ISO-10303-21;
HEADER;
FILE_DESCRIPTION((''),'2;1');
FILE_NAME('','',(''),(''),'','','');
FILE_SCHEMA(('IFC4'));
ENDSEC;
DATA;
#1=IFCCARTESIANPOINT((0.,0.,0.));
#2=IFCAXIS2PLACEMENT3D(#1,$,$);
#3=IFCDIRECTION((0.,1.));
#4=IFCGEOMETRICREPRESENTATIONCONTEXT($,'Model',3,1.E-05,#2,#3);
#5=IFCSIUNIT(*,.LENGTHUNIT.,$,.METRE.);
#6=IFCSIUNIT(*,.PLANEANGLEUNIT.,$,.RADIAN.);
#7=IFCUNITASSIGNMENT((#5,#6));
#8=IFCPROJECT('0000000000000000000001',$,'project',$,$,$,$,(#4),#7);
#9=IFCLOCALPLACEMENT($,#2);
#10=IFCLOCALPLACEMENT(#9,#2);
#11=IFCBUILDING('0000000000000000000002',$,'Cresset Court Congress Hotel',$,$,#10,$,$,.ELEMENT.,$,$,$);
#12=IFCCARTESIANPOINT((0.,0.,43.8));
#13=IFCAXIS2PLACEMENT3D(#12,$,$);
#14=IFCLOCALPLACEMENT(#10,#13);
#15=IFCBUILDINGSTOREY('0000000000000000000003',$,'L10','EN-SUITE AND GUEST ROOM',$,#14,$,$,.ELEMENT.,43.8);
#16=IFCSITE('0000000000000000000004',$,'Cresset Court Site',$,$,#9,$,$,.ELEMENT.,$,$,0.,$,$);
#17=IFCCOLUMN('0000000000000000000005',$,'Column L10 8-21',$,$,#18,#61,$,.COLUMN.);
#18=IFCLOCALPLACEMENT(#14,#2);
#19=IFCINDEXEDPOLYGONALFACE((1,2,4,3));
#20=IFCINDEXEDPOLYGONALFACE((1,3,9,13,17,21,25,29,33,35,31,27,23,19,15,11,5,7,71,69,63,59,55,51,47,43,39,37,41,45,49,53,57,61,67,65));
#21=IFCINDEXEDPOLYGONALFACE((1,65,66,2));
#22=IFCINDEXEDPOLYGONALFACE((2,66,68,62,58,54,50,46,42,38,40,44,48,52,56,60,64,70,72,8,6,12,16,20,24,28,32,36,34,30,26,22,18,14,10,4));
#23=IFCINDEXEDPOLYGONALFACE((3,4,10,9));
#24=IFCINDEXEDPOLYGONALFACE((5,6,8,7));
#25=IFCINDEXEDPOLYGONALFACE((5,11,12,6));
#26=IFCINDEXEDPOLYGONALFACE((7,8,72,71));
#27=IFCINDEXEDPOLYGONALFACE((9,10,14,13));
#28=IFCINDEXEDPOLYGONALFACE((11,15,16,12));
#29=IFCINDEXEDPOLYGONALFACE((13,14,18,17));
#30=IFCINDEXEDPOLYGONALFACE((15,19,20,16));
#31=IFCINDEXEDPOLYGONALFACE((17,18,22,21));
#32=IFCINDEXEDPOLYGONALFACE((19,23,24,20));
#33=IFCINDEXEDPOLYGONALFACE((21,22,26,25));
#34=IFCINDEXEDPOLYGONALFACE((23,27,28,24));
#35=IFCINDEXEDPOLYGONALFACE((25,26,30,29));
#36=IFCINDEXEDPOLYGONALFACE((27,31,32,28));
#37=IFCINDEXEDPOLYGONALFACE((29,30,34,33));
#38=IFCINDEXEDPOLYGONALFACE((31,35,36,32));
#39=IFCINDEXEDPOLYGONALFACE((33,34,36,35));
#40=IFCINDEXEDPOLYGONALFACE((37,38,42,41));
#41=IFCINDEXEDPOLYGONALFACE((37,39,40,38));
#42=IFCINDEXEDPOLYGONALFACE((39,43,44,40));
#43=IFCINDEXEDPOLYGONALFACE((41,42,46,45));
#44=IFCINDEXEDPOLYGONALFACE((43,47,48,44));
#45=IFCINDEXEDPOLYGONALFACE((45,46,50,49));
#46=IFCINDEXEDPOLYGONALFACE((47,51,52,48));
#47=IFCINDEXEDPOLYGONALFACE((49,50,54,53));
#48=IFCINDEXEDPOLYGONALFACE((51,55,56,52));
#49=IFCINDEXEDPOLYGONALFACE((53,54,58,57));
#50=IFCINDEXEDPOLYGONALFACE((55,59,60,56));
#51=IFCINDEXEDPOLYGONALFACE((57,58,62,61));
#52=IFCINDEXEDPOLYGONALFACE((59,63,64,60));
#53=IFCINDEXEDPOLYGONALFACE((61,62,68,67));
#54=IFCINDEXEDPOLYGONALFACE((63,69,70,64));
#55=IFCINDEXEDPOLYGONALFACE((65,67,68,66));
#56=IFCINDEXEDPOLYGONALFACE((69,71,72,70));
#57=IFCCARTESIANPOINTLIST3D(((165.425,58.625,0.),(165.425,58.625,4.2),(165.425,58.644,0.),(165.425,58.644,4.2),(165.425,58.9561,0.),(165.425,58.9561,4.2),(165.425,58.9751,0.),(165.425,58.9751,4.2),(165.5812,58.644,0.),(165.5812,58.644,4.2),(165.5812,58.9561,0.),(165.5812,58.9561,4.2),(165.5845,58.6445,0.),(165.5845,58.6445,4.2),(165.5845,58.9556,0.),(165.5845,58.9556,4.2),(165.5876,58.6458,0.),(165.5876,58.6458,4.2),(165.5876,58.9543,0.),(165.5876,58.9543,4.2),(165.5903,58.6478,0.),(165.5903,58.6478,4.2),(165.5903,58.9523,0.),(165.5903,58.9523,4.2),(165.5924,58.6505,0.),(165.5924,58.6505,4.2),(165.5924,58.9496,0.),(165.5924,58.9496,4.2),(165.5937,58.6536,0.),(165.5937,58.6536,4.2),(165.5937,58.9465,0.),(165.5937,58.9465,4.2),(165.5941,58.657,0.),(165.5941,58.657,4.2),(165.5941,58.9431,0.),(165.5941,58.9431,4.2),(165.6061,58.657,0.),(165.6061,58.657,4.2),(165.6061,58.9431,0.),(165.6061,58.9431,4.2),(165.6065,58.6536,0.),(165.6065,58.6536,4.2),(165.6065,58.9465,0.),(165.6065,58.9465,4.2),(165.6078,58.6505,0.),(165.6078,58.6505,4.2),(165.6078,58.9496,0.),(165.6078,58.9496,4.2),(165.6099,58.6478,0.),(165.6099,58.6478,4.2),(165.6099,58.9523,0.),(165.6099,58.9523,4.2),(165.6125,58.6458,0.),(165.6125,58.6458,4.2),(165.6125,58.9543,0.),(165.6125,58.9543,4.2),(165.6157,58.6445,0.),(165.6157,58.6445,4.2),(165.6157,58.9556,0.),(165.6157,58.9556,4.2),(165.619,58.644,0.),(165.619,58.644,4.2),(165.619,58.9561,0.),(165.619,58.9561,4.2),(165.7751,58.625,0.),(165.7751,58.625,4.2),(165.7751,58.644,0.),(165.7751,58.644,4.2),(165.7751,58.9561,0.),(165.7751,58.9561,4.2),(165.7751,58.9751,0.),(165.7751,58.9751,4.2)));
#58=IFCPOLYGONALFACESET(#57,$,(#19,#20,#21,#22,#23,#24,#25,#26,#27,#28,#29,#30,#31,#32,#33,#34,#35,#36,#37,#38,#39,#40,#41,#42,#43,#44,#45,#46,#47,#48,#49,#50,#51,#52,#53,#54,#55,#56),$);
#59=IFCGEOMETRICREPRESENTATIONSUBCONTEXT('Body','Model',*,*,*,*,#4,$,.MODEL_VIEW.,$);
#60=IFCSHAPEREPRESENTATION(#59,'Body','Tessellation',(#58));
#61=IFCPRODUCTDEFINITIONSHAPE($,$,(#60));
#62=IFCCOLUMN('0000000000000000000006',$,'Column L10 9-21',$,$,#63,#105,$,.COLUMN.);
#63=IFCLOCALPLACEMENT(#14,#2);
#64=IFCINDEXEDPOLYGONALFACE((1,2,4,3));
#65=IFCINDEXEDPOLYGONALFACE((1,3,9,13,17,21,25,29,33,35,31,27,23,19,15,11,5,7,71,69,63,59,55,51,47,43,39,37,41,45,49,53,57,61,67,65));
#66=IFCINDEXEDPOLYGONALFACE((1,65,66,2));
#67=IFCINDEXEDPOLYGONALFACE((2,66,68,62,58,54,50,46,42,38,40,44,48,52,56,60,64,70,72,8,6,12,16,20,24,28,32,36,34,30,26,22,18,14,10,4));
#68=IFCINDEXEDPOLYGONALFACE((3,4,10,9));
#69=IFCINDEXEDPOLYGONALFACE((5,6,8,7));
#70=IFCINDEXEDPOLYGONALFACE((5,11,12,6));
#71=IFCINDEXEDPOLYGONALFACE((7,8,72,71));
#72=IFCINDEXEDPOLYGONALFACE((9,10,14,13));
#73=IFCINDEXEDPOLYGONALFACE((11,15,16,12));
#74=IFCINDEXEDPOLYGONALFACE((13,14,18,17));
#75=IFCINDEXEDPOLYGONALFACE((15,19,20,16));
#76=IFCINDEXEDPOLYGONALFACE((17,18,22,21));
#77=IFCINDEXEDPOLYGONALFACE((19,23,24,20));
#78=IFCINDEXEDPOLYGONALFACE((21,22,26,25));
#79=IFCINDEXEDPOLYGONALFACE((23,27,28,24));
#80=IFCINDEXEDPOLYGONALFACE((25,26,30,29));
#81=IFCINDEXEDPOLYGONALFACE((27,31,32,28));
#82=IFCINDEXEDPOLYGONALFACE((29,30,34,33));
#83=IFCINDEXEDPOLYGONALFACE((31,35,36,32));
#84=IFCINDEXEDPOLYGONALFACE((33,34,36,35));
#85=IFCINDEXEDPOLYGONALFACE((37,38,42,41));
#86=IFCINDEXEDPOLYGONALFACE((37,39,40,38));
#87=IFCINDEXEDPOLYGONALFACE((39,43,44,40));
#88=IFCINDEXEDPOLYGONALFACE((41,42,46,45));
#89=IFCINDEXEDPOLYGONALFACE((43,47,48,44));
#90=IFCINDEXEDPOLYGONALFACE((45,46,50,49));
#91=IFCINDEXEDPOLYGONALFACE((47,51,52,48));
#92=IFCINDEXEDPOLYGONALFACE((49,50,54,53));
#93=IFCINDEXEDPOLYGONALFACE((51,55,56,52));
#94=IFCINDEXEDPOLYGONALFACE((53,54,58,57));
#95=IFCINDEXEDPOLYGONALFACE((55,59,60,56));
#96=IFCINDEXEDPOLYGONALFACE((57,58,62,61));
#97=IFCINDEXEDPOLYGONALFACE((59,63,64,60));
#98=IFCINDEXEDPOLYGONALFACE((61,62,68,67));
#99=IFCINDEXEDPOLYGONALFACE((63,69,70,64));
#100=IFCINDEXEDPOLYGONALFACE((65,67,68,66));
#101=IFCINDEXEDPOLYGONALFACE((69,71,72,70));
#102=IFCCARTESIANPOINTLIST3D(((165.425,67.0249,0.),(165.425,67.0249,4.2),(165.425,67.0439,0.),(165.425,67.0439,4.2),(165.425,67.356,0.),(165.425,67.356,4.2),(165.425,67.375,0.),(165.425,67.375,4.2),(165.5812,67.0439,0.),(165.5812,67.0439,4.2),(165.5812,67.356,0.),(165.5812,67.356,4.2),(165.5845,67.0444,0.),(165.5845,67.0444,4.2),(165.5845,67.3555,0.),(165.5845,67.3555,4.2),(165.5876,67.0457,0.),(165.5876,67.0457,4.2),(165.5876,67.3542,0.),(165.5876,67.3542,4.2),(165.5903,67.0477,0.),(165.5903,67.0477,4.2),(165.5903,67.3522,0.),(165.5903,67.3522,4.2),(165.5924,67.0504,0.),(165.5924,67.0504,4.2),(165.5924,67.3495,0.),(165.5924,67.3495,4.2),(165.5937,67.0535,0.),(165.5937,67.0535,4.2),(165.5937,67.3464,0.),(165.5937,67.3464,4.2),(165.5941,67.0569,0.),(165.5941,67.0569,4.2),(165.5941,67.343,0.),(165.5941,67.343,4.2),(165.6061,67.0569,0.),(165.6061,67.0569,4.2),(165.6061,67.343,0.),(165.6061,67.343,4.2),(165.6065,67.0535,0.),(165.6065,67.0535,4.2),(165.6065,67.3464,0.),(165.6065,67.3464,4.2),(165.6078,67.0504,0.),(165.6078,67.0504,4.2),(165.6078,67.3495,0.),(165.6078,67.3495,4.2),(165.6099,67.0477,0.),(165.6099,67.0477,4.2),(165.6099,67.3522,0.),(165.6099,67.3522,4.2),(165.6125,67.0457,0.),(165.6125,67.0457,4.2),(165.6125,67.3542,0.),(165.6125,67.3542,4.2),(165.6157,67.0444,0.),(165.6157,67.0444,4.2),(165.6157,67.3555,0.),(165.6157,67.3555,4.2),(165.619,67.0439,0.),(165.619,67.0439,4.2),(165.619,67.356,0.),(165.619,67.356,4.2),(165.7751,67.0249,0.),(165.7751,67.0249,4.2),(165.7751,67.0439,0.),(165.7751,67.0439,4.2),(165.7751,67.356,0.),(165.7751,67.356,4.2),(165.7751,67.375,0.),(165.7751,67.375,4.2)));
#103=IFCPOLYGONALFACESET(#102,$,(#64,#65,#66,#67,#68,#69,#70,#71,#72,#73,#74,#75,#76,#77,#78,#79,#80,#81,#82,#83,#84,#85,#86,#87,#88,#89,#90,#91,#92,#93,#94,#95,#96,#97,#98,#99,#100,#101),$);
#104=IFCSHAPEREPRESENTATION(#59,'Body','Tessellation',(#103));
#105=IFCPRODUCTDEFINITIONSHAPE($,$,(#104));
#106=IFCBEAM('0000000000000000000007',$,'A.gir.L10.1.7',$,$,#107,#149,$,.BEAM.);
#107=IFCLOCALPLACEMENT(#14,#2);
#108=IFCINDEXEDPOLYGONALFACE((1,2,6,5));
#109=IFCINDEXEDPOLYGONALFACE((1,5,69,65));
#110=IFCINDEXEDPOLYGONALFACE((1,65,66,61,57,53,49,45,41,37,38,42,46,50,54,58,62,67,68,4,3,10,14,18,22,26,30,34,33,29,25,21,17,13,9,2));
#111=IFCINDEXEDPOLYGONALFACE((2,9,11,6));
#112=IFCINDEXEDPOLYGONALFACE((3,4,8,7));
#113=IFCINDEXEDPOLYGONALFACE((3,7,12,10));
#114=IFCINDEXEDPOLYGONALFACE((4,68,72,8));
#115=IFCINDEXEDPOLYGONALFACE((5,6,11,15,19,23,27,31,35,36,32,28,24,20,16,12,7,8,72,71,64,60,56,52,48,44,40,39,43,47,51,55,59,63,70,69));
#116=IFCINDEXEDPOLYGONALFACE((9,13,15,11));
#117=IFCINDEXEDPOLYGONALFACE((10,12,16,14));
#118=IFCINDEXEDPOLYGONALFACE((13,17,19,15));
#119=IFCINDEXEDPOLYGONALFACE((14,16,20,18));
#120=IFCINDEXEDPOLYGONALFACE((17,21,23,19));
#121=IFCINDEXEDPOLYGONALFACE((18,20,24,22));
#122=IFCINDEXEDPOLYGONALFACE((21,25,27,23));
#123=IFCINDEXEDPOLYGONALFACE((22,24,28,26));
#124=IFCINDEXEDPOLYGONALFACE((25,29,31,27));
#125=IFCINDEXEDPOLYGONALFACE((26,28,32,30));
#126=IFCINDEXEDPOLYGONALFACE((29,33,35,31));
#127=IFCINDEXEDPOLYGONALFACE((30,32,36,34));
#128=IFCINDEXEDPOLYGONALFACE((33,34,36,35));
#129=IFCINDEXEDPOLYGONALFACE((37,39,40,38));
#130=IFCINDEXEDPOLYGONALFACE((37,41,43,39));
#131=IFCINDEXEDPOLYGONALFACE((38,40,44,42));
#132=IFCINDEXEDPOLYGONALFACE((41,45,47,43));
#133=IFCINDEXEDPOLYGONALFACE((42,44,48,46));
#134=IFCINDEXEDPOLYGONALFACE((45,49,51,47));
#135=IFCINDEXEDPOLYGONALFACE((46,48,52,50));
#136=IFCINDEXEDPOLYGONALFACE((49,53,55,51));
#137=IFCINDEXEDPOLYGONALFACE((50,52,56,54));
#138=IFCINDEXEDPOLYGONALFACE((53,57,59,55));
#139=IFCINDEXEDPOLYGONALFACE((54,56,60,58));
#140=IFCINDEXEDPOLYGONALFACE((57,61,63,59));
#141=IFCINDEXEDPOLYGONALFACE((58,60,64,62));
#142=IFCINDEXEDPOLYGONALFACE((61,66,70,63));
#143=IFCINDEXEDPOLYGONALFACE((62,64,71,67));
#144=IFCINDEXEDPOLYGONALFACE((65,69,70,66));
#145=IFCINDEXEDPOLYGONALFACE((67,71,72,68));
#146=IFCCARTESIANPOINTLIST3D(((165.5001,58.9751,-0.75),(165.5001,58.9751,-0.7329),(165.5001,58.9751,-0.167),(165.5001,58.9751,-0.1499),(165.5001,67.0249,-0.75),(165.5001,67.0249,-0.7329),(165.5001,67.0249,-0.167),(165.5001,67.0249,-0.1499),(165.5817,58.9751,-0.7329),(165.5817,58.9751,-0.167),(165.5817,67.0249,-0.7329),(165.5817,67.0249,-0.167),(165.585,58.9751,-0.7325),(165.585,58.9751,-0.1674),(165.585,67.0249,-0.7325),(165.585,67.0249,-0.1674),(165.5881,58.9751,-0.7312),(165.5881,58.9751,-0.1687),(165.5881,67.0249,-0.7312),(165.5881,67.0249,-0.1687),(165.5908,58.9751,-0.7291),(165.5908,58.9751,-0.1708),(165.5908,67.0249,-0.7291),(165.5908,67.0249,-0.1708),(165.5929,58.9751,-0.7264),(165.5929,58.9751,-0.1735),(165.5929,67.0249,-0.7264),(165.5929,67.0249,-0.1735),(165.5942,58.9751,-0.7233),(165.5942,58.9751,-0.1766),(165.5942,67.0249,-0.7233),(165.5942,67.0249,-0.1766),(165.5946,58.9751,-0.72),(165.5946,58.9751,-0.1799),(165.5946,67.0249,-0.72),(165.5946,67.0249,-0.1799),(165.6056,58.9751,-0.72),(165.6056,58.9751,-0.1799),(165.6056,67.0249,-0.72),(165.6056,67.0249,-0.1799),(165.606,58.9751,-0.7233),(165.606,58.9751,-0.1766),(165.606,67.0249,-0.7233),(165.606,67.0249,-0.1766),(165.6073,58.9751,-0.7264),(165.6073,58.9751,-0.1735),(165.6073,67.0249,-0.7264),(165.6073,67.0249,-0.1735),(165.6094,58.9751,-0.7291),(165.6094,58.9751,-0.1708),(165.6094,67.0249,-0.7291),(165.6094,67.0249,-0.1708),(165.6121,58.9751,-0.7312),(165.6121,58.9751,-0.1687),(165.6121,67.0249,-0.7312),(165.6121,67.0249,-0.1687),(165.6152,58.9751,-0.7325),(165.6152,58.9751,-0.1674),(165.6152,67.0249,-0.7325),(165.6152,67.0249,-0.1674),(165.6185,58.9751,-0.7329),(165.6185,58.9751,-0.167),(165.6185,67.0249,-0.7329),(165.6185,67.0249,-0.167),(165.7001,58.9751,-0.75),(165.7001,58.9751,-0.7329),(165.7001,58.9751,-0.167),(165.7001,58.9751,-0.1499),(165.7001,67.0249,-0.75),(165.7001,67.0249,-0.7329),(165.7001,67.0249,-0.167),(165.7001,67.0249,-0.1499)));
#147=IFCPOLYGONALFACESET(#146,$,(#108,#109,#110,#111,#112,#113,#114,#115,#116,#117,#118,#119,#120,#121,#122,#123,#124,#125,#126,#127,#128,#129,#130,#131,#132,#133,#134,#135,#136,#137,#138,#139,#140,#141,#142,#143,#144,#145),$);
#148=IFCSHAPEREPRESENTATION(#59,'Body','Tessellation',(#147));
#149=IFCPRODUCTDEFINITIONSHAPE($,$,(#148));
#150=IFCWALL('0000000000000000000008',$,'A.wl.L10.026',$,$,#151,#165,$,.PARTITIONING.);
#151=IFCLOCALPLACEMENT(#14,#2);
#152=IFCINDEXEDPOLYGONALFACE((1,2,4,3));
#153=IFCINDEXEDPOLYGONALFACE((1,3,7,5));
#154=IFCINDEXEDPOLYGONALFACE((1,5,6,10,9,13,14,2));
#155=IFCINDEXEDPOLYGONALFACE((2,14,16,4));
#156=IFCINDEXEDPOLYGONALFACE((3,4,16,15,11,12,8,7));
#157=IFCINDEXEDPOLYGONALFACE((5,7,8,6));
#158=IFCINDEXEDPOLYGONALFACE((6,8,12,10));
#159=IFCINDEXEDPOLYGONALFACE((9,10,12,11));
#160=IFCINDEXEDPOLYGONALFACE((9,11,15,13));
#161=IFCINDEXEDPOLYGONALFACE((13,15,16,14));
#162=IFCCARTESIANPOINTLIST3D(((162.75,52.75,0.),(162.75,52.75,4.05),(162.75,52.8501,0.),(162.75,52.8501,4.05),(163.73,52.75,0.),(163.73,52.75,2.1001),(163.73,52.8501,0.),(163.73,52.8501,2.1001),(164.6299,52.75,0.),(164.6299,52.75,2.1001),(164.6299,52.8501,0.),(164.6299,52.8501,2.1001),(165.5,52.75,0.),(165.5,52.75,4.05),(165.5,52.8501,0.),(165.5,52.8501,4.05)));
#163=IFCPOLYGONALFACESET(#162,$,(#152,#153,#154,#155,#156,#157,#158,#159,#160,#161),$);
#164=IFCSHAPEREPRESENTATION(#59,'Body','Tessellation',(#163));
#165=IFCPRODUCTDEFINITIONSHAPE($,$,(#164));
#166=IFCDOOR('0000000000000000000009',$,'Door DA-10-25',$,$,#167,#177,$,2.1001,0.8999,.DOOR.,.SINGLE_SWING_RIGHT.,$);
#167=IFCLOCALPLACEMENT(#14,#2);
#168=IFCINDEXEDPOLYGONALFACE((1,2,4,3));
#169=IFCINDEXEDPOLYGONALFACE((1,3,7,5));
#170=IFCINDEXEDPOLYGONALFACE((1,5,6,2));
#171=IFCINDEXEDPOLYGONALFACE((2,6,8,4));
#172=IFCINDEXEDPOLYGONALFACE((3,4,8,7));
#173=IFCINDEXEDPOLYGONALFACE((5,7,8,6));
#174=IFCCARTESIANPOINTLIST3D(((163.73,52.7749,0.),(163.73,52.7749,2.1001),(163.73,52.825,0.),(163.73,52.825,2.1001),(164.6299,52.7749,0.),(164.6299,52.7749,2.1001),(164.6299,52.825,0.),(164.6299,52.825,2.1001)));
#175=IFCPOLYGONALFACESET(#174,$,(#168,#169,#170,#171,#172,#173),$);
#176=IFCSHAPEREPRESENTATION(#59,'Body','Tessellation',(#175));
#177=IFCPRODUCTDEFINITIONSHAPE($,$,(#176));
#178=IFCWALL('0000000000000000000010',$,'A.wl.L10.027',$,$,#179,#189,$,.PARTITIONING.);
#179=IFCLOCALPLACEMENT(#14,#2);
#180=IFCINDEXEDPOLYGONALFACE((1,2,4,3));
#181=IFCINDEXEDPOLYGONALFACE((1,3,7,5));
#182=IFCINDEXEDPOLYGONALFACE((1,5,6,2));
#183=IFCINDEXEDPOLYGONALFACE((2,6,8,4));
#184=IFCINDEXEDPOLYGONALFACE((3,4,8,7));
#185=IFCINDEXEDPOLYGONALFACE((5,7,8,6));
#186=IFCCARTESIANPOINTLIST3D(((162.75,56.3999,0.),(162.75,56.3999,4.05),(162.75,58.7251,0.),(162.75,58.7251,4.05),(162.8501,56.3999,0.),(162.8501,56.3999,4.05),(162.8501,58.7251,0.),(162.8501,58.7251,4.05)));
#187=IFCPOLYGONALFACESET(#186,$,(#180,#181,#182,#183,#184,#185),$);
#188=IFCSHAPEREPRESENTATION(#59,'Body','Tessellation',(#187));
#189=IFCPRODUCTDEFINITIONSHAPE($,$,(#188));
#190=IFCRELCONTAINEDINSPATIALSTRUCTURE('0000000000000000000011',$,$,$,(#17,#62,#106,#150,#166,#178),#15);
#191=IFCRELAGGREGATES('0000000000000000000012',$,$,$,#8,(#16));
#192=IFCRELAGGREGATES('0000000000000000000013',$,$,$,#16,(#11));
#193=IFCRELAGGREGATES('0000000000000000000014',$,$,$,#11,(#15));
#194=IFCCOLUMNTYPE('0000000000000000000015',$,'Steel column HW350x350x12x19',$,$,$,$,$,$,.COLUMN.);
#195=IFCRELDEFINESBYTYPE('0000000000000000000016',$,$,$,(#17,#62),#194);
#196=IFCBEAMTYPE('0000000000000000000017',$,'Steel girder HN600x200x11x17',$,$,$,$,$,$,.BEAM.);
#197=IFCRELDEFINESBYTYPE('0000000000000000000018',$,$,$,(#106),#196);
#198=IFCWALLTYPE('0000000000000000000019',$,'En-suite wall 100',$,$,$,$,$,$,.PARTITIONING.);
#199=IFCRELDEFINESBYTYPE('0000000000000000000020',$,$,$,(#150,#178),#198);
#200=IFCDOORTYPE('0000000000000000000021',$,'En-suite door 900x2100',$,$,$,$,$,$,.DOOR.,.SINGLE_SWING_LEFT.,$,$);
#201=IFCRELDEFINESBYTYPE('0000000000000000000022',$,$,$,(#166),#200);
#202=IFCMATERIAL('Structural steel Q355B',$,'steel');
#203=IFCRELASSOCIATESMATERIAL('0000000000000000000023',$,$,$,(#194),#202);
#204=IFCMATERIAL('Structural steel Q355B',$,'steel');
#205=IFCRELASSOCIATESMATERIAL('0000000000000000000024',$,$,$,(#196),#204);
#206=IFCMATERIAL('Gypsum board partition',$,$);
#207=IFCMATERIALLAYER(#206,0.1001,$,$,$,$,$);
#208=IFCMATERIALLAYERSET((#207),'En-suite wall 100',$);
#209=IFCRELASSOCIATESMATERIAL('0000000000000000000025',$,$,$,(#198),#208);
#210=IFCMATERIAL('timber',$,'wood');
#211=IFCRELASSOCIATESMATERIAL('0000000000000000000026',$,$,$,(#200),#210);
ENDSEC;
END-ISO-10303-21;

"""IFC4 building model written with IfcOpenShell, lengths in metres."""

from ifc_helpers import new_model, si_unit, direction, frame, frame_2d, origin, origin_2d, place, context, subcontext, project, spatial, rectangle, i_section, extrude, material, layer, layer_set, material_profile, profile_set, type_object, element, fill, save


model = new_model("IFC4")

# Units and contexts
model_context = context("Model", 3, precision=1e-05, world=origin(), true_north=direction((0.0, 1.0)))
body_context = subcontext(model_context, "Body", "Model", "MODEL_VIEW")
ifc_project = project(units=[si_unit("LENGTHUNIT", "METRE"), si_unit("PLANEANGLEUNIT", "RADIAN")], contexts=[model_context])

# Site, building, storey
site_placement = place(None, origin())
site = spatial("IfcSite", under=ifc_project, at=site_placement, Name="Cresset Court Site", CompositionType="ELEMENT", RefElevation=0.0)
building_placement = place(site_placement, origin())
building = spatial("IfcBuilding", under=site, at=building_placement, Name="Cresset Court Congress Hotel", CompositionType="ELEMENT")
storey_placement = place(building_placement, frame((0.0, 0.0, 43.8)))
storey = spatial("IfcBuildingStorey", under=building, at=storey_placement, Name="L10", Description="EN-SUITE AND GUEST ROOM", CompositionType="ELEMENT", Elevation=43.8)

# Columns
ifc_material_1 = material(Name="Structural steel Q355B", Category="steel")
ifc_material_profile_1 = material_profile(ifc_material_1, i_section(OverallWidth=0.3501, OverallDepth=0.3501, WebThickness=0.012, FlangeThickness=0.019, FilletRadius=0.0129, at=origin_2d()), Name="HW350x350x12x19")
ifc_profile_set_1 = profile_set([ifc_material_profile_1], Name="Structural steel Q355B")
column_type = type_object("IfcColumnType", Name="Steel column HW350x350x12x19", PredefinedType="COLUMN", material=ifc_profile_set_1)
for number, where, z_axis, x_axis, name in (
    (1, (165.6001, 58.8, 0.0), (0.0, 0.0, 1.0), (1.0, 0.0, 0.0), "Column L10 8-21"),
    (2, (165.6001, 67.2, 0.0), (0.0, 0.0, 1.0), (1.0, 0.0, 0.0), "Column L10 9-21"),
):
    element("IfcColumn", number, at=place(storey_placement, frame(where, z_axis=z_axis, x_axis=x_axis)), inside=storey, type_object=column_type, Name=name, PredefinedType="COLUMN", context=body_context, shape_type="SweptSolid", body=[
        extrude(i_section(OverallWidth=0.3501, OverallDepth=0.3501, WebThickness=0.012, FlangeThickness=0.019, FilletRadius=0.0129, at=origin_2d()), origin(), (0.0, 0.0, 1.0), 4.2),
    ])

# Beam
ifc_material_2 = material(Name="Structural steel Q355B", Category="steel")
ifc_material_profile_2 = material_profile(ifc_material_2, i_section(OverallWidth=0.2, OverallDepth=0.6001, WebThickness=0.011, FlangeThickness=0.0171, FilletRadius=0.0129, at=origin_2d()), Name="HN600x200x11x17")
ifc_profile_set_2 = profile_set([ifc_material_profile_2], Name="Structural steel Q355B")
beam_type = type_object("IfcBeamType", Name="Steel girder HN600x200x11x17", PredefinedType="BEAM", material=ifc_profile_set_2)
beam_placement = place(storey_placement, frame((165.6001, 58.9751, -0.45), z_axis=(0.0, 1.0, 0.0), x_axis=(-1.0, 0.0, 0.0)))
element("IfcBeam", 3, at=beam_placement, inside=storey, type_object=beam_type, Name="A.gir.L10.1.7", PredefinedType="BEAM", context=body_context, shape_type="SweptSolid", body=[
    extrude(i_section(OverallWidth=0.2, OverallDepth=0.6001, WebThickness=0.011, FlangeThickness=0.0171, FilletRadius=0.0129, at=origin_2d()), origin(), (0.0, 0.0, 1.0), 8.0498),
])

# Wall, opening, door
ifc_material_3 = material(Name="Gypsum board partition")
ifc_layer_1 = layer(ifc_material_3, 0.1001)
ifc_layer_set_1 = layer_set([ifc_layer_1], Name="En-suite wall 100")
wall_type_1 = type_object("IfcWallType", Name="En-suite wall 100", PredefinedType="PARTITIONING", material=ifc_layer_set_1)
wall_1_placement = place(storey_placement, frame((162.75, 52.8, 0.0), z_axis=(0.0, 0.0, 1.0), x_axis=(1.0, 0.0, 0.0)))
wall_1 = element("IfcWall", 4, at=wall_1_placement, inside=storey, type_object=wall_type_1, Name="A.wl.L10.026", PredefinedType="PARTITIONING", context=body_context, shape_type="SweptSolid", body=[
    extrude(rectangle(XDim=2.75, YDim=0.1001, at=frame_2d((1.375, 0.0))), origin(), (0.0, 0.0, 1.0), 4.05),
])
opening_1_placement = place(wall_1_placement, frame((0.98, 0.0, 0.0)))
opening_1 = element("IfcOpeningElement", 5, at=opening_1_placement, cuts=wall_1, PredefinedType="OPENING", context=body_context, shape_type="SweptSolid", body=[
    extrude(rectangle(XDim=0.8999, YDim=2.1001, at=frame_2d((0.45, 1.05))), frame((0.0, 0.0601, 0.0), z_axis=(0.0, -1.0, 0.0), x_axis=(1.0, 0.0, 0.0)), (0.0, 0.0, 1.0), 0.1201),
])
ifc_material_4 = material(Name="timber", Category="wood")
door_type = type_object("IfcDoorType", Name="En-suite door 900x2100", OperationType="SINGLE_SWING_LEFT", PredefinedType="DOOR", material=ifc_material_4)
door_1_placement = place(opening_1_placement, origin())
door_1 = element("IfcDoor", 6, at=door_1_placement, inside=storey, type_object=door_type, Name="Door DA-10-25", OperationType="SINGLE_SWING_RIGHT", OverallHeight=2.1001, OverallWidth=0.8999, PredefinedType="DOOR", context=body_context, shape_type="SweptSolid", body=[
    extrude(rectangle(XDim=0.8999, YDim=2.1001, at=frame_2d((0.45, 1.05))), frame((0.0, 0.0249, 0.0), z_axis=(0.0, -1.0, 0.0), x_axis=(1.0, 0.0, 0.0)), (0.0, 0.0, 1.0), 0.05),
])
fill(opening_1, door_1)

# Wall
wall_2_placement = place(storey_placement, frame((162.8, 56.3999, 0.0), z_axis=(0.0, 0.0, 1.0), x_axis=(0.0, 1.0, 0.0)))
element("IfcWall", 7, at=wall_2_placement, inside=storey, type_object=wall_type_1, Name="A.wl.L10.027", PredefinedType="PARTITIONING", context=body_context, shape_type="SweptSolid", body=[
    extrude(rectangle(XDim=2.3252, YDim=0.1001, at=frame_2d((1.1626, 0.0))), origin(), (0.0, 0.0, 1.0), 4.05),
])

save(model, "model.ifc")
